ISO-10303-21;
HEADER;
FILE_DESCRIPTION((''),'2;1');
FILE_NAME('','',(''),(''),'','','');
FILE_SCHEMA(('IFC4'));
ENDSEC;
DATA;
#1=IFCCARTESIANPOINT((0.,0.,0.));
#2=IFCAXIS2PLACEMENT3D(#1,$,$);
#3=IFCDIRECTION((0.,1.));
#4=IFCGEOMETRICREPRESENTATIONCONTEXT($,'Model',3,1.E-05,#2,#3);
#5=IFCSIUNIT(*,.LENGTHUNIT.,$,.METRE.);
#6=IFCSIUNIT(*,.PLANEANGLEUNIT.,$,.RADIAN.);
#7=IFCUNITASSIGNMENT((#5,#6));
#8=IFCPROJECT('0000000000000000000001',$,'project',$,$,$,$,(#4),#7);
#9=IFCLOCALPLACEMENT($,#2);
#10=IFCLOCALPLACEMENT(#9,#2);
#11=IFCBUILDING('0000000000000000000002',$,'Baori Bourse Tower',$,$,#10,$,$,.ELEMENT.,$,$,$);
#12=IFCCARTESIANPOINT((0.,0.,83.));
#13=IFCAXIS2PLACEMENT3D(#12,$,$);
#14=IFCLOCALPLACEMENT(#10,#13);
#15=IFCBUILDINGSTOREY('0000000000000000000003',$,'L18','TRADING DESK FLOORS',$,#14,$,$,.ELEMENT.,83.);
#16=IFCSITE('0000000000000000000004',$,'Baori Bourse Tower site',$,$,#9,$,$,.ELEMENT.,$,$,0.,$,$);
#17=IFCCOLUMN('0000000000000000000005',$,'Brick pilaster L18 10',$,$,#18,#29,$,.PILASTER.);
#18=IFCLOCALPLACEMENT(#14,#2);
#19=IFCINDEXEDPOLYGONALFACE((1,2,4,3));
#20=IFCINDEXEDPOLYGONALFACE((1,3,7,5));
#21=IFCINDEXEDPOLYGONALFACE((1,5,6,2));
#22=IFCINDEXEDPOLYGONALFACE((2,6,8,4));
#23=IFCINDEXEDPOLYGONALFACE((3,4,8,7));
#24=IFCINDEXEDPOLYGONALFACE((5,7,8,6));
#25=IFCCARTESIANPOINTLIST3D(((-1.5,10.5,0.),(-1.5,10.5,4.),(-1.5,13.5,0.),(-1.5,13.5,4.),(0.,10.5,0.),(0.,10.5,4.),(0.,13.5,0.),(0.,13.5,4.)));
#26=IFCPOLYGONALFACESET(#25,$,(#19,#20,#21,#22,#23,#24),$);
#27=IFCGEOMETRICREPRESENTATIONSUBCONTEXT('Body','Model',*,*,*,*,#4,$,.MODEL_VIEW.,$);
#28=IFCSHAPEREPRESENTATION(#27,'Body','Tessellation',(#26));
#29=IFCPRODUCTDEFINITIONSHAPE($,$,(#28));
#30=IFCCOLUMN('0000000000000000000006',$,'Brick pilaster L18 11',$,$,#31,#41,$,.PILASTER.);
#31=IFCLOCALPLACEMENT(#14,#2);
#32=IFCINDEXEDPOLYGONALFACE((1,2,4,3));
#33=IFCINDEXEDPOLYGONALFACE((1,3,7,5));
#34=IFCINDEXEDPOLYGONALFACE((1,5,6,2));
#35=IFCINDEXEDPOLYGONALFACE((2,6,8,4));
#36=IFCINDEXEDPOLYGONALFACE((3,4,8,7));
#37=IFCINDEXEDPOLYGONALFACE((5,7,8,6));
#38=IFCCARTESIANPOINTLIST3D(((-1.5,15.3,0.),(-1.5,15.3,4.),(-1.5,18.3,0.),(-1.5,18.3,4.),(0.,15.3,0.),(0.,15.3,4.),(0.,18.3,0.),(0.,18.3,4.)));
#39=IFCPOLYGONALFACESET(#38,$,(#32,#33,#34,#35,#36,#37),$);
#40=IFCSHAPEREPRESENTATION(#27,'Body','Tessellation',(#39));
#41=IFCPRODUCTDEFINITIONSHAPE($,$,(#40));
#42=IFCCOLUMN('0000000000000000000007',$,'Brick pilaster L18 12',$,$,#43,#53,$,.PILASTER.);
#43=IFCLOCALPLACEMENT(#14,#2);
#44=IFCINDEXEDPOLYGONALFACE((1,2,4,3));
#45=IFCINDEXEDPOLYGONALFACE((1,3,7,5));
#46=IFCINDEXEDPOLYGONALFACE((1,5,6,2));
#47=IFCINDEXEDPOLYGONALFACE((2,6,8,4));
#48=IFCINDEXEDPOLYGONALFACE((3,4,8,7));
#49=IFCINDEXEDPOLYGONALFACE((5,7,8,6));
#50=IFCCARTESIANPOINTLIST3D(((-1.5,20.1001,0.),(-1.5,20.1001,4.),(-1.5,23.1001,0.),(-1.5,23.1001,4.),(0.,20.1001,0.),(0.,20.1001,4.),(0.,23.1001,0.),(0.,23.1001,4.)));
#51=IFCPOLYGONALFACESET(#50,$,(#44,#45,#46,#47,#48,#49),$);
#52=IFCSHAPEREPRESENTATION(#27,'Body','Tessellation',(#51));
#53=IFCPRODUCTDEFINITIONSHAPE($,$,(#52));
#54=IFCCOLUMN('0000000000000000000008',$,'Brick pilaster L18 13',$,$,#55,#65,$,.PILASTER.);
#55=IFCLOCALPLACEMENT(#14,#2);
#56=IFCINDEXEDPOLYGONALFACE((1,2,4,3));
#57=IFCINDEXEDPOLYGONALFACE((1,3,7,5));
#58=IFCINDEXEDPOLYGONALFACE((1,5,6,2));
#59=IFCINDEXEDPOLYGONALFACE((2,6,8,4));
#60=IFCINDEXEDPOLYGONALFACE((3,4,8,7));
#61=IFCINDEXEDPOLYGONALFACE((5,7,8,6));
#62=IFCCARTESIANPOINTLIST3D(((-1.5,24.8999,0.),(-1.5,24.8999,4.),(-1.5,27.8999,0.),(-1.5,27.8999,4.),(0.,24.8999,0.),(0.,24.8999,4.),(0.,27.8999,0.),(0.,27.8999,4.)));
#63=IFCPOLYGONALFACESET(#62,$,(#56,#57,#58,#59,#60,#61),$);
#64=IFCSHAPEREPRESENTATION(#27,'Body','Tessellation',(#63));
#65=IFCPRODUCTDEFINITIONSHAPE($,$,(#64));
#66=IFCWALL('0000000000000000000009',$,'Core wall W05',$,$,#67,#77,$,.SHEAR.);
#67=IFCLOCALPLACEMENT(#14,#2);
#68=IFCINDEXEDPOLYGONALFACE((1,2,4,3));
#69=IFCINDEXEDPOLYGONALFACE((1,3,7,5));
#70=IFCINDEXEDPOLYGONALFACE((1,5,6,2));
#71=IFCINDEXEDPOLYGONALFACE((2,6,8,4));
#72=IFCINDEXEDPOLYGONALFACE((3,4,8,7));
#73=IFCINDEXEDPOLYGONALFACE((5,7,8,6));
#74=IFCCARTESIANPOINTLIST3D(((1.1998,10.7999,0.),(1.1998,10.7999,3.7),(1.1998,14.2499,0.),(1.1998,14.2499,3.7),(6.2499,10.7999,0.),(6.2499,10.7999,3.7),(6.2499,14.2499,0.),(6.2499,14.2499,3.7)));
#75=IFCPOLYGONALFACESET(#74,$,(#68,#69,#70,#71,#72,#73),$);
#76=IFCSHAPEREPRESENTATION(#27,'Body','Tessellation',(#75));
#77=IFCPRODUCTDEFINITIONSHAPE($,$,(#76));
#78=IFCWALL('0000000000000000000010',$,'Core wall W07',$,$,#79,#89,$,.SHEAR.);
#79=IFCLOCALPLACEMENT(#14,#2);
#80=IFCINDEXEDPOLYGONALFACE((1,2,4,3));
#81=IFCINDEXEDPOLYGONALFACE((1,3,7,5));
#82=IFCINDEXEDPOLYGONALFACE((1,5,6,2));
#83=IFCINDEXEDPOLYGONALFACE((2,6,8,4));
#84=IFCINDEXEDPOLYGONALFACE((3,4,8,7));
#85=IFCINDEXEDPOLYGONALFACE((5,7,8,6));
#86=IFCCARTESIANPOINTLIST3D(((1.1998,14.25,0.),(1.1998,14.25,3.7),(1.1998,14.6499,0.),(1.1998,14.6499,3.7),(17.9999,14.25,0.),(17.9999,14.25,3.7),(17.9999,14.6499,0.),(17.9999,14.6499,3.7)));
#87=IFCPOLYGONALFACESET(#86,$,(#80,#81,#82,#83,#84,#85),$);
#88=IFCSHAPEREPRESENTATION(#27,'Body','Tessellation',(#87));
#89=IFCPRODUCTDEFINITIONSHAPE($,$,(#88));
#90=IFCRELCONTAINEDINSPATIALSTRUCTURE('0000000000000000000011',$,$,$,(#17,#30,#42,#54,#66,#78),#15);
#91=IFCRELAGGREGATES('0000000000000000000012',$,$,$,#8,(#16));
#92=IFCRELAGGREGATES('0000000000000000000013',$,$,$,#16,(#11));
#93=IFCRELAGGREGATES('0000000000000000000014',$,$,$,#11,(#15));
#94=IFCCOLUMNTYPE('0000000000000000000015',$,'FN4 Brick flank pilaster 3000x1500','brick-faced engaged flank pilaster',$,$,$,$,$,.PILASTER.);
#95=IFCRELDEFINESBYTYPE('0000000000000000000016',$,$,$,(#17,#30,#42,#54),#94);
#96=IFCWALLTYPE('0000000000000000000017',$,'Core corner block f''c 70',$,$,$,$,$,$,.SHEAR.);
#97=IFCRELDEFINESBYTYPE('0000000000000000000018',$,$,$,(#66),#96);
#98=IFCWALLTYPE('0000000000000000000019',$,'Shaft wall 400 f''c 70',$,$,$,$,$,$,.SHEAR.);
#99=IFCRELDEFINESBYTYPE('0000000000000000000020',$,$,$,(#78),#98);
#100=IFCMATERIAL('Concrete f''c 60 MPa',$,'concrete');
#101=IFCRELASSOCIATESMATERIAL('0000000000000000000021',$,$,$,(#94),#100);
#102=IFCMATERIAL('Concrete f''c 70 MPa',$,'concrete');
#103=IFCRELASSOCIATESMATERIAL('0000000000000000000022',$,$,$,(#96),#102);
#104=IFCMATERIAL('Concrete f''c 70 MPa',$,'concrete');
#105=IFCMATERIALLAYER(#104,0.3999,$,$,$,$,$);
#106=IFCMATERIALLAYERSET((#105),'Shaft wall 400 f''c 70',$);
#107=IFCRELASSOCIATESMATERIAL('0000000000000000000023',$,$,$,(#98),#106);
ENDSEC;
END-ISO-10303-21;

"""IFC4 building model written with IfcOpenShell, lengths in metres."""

from ifc_helpers import new_model, si_unit, direction, frame, frame_2d, origin, origin_2d, place, context, subcontext, project, spatial, rectangle, extrude, material, layer, layer_set, material_profile, profile_set, type_object, element, save


model = new_model("IFC4")

# Units and contexts
model_context = context("Model", 3, precision=1e-05, world=origin(), true_north=direction((0.0, 1.0)))
body_context = subcontext(model_context, "Body", "Model", "MODEL_VIEW")
ifc_project = project(units=[si_unit("LENGTHUNIT", "METRE"), si_unit("PLANEANGLEUNIT", "RADIAN")], contexts=[model_context])

# Site, building, storey
site_placement = place(None, origin())
site = spatial("IfcSite", under=ifc_project, at=site_placement, Name="Baori Bourse Tower site", CompositionType="ELEMENT", RefElevation=0.0)
building_placement = place(site_placement, origin())
building = spatial("IfcBuilding", under=site, at=building_placement, Name="Baori Bourse Tower", CompositionType="ELEMENT")
storey_placement = place(building_placement, frame((0.0, 0.0, 83.0)))
storey = spatial("IfcBuildingStorey", under=building, at=storey_placement, Name="L18", Description="TRADING DESK FLOORS", CompositionType="ELEMENT", Elevation=83.0)

# Columns
ifc_material_1 = material(Name="Concrete f'c 60 MPa", Category="concrete")
ifc_material_profile = material_profile(ifc_material_1, rectangle(XDim=3.0, YDim=1.5, at=origin_2d()), Name="RC 3000x1500")
ifc_profile_set = profile_set([ifc_material_profile], Name="Concrete f'c 60 MPa")
column_type = type_object("IfcColumnType", Name="FN4 Brick flank pilaster 3000x1500", Description="brick-faced engaged flank pilaster", PredefinedType="PILASTER", material=ifc_profile_set)
for number, where, z_axis, x_axis, name in (
    (1, (-0.75, 12.0, 0.0), (0.0, 0.0, 1.0), (0.0, 1.0, 0.0), "Brick pilaster L18 10"),
    (2, (-0.75, 16.8, 0.0), (0.0, 0.0, 1.0), (0.0, 1.0, 0.0), "Brick pilaster L18 11"),
    (3, (-0.75, 21.6001, 0.0), (0.0, 0.0, 1.0), (0.0, 1.0, 0.0), "Brick pilaster L18 12"),
    (4, (-0.75, 26.3999, 0.0), (0.0, 0.0, 1.0), (0.0, 1.0, 0.0), "Brick pilaster L18 13"),
):
    element("IfcColumn", number, at=place(storey_placement, frame(where, z_axis=z_axis, x_axis=x_axis)), inside=storey, type_object=column_type, Name=name, PredefinedType="PILASTER", context=body_context, shape_type="SweptSolid", body=[
        extrude(rectangle(XDim=3.0, YDim=1.5, at=origin_2d()), origin(), (0.0, 0.0, 1.0), 4.0),
    ])

# Walls
ifc_material_2 = material(Name="Concrete f'c 70 MPa", Category="concrete")
wall_type_1 = type_object("IfcWallType", Name="Core corner block f'c 70", PredefinedType="SHEAR", material=ifc_material_2)
wall_1_placement = place(storey_placement, frame((1.2, 12.5249, 0.0), z_axis=(0.0, 0.0, 1.0), x_axis=(1.0, 0.0, 0.0)))
element("IfcWall", 5, at=wall_1_placement, inside=storey, type_object=wall_type_1, Name="Core wall W05", PredefinedType="SHEAR", context=body_context, shape_type="SweptSolid", body=[
    extrude(rectangle(XDim=5.05, YDim=3.45, at=frame_2d((2.5249, 0.0))), origin(), (0.0, 0.0, 1.0), 3.7),
])
ifc_material_3 = material(Name="Concrete f'c 70 MPa", Category="concrete")
ifc_layer_1 = layer(ifc_material_3, 0.3999)
ifc_layer_set_1 = layer_set([ifc_layer_1], Name="Shaft wall 400 f'c 70")
wall_type_2 = type_object("IfcWallType", Name="Shaft wall 400 f'c 70", PredefinedType="SHEAR", material=ifc_layer_set_1)
wall_2_placement = place(storey_placement, frame((1.2, 14.45, 0.0), z_axis=(0.0, 0.0, 1.0), x_axis=(1.0, 0.0, 0.0)))
element("IfcWall", 6, at=wall_2_placement, inside=storey, type_object=wall_type_2, Name="Core wall W07", PredefinedType="SHEAR", context=body_context, shape_type="SweptSolid", body=[
    extrude(rectangle(XDim=16.8, YDim=0.3999, at=frame_2d((8.3999, 0.0))), origin(), (0.0, 0.0, 1.0), 3.7),
])

save(model, "model.ifc")
